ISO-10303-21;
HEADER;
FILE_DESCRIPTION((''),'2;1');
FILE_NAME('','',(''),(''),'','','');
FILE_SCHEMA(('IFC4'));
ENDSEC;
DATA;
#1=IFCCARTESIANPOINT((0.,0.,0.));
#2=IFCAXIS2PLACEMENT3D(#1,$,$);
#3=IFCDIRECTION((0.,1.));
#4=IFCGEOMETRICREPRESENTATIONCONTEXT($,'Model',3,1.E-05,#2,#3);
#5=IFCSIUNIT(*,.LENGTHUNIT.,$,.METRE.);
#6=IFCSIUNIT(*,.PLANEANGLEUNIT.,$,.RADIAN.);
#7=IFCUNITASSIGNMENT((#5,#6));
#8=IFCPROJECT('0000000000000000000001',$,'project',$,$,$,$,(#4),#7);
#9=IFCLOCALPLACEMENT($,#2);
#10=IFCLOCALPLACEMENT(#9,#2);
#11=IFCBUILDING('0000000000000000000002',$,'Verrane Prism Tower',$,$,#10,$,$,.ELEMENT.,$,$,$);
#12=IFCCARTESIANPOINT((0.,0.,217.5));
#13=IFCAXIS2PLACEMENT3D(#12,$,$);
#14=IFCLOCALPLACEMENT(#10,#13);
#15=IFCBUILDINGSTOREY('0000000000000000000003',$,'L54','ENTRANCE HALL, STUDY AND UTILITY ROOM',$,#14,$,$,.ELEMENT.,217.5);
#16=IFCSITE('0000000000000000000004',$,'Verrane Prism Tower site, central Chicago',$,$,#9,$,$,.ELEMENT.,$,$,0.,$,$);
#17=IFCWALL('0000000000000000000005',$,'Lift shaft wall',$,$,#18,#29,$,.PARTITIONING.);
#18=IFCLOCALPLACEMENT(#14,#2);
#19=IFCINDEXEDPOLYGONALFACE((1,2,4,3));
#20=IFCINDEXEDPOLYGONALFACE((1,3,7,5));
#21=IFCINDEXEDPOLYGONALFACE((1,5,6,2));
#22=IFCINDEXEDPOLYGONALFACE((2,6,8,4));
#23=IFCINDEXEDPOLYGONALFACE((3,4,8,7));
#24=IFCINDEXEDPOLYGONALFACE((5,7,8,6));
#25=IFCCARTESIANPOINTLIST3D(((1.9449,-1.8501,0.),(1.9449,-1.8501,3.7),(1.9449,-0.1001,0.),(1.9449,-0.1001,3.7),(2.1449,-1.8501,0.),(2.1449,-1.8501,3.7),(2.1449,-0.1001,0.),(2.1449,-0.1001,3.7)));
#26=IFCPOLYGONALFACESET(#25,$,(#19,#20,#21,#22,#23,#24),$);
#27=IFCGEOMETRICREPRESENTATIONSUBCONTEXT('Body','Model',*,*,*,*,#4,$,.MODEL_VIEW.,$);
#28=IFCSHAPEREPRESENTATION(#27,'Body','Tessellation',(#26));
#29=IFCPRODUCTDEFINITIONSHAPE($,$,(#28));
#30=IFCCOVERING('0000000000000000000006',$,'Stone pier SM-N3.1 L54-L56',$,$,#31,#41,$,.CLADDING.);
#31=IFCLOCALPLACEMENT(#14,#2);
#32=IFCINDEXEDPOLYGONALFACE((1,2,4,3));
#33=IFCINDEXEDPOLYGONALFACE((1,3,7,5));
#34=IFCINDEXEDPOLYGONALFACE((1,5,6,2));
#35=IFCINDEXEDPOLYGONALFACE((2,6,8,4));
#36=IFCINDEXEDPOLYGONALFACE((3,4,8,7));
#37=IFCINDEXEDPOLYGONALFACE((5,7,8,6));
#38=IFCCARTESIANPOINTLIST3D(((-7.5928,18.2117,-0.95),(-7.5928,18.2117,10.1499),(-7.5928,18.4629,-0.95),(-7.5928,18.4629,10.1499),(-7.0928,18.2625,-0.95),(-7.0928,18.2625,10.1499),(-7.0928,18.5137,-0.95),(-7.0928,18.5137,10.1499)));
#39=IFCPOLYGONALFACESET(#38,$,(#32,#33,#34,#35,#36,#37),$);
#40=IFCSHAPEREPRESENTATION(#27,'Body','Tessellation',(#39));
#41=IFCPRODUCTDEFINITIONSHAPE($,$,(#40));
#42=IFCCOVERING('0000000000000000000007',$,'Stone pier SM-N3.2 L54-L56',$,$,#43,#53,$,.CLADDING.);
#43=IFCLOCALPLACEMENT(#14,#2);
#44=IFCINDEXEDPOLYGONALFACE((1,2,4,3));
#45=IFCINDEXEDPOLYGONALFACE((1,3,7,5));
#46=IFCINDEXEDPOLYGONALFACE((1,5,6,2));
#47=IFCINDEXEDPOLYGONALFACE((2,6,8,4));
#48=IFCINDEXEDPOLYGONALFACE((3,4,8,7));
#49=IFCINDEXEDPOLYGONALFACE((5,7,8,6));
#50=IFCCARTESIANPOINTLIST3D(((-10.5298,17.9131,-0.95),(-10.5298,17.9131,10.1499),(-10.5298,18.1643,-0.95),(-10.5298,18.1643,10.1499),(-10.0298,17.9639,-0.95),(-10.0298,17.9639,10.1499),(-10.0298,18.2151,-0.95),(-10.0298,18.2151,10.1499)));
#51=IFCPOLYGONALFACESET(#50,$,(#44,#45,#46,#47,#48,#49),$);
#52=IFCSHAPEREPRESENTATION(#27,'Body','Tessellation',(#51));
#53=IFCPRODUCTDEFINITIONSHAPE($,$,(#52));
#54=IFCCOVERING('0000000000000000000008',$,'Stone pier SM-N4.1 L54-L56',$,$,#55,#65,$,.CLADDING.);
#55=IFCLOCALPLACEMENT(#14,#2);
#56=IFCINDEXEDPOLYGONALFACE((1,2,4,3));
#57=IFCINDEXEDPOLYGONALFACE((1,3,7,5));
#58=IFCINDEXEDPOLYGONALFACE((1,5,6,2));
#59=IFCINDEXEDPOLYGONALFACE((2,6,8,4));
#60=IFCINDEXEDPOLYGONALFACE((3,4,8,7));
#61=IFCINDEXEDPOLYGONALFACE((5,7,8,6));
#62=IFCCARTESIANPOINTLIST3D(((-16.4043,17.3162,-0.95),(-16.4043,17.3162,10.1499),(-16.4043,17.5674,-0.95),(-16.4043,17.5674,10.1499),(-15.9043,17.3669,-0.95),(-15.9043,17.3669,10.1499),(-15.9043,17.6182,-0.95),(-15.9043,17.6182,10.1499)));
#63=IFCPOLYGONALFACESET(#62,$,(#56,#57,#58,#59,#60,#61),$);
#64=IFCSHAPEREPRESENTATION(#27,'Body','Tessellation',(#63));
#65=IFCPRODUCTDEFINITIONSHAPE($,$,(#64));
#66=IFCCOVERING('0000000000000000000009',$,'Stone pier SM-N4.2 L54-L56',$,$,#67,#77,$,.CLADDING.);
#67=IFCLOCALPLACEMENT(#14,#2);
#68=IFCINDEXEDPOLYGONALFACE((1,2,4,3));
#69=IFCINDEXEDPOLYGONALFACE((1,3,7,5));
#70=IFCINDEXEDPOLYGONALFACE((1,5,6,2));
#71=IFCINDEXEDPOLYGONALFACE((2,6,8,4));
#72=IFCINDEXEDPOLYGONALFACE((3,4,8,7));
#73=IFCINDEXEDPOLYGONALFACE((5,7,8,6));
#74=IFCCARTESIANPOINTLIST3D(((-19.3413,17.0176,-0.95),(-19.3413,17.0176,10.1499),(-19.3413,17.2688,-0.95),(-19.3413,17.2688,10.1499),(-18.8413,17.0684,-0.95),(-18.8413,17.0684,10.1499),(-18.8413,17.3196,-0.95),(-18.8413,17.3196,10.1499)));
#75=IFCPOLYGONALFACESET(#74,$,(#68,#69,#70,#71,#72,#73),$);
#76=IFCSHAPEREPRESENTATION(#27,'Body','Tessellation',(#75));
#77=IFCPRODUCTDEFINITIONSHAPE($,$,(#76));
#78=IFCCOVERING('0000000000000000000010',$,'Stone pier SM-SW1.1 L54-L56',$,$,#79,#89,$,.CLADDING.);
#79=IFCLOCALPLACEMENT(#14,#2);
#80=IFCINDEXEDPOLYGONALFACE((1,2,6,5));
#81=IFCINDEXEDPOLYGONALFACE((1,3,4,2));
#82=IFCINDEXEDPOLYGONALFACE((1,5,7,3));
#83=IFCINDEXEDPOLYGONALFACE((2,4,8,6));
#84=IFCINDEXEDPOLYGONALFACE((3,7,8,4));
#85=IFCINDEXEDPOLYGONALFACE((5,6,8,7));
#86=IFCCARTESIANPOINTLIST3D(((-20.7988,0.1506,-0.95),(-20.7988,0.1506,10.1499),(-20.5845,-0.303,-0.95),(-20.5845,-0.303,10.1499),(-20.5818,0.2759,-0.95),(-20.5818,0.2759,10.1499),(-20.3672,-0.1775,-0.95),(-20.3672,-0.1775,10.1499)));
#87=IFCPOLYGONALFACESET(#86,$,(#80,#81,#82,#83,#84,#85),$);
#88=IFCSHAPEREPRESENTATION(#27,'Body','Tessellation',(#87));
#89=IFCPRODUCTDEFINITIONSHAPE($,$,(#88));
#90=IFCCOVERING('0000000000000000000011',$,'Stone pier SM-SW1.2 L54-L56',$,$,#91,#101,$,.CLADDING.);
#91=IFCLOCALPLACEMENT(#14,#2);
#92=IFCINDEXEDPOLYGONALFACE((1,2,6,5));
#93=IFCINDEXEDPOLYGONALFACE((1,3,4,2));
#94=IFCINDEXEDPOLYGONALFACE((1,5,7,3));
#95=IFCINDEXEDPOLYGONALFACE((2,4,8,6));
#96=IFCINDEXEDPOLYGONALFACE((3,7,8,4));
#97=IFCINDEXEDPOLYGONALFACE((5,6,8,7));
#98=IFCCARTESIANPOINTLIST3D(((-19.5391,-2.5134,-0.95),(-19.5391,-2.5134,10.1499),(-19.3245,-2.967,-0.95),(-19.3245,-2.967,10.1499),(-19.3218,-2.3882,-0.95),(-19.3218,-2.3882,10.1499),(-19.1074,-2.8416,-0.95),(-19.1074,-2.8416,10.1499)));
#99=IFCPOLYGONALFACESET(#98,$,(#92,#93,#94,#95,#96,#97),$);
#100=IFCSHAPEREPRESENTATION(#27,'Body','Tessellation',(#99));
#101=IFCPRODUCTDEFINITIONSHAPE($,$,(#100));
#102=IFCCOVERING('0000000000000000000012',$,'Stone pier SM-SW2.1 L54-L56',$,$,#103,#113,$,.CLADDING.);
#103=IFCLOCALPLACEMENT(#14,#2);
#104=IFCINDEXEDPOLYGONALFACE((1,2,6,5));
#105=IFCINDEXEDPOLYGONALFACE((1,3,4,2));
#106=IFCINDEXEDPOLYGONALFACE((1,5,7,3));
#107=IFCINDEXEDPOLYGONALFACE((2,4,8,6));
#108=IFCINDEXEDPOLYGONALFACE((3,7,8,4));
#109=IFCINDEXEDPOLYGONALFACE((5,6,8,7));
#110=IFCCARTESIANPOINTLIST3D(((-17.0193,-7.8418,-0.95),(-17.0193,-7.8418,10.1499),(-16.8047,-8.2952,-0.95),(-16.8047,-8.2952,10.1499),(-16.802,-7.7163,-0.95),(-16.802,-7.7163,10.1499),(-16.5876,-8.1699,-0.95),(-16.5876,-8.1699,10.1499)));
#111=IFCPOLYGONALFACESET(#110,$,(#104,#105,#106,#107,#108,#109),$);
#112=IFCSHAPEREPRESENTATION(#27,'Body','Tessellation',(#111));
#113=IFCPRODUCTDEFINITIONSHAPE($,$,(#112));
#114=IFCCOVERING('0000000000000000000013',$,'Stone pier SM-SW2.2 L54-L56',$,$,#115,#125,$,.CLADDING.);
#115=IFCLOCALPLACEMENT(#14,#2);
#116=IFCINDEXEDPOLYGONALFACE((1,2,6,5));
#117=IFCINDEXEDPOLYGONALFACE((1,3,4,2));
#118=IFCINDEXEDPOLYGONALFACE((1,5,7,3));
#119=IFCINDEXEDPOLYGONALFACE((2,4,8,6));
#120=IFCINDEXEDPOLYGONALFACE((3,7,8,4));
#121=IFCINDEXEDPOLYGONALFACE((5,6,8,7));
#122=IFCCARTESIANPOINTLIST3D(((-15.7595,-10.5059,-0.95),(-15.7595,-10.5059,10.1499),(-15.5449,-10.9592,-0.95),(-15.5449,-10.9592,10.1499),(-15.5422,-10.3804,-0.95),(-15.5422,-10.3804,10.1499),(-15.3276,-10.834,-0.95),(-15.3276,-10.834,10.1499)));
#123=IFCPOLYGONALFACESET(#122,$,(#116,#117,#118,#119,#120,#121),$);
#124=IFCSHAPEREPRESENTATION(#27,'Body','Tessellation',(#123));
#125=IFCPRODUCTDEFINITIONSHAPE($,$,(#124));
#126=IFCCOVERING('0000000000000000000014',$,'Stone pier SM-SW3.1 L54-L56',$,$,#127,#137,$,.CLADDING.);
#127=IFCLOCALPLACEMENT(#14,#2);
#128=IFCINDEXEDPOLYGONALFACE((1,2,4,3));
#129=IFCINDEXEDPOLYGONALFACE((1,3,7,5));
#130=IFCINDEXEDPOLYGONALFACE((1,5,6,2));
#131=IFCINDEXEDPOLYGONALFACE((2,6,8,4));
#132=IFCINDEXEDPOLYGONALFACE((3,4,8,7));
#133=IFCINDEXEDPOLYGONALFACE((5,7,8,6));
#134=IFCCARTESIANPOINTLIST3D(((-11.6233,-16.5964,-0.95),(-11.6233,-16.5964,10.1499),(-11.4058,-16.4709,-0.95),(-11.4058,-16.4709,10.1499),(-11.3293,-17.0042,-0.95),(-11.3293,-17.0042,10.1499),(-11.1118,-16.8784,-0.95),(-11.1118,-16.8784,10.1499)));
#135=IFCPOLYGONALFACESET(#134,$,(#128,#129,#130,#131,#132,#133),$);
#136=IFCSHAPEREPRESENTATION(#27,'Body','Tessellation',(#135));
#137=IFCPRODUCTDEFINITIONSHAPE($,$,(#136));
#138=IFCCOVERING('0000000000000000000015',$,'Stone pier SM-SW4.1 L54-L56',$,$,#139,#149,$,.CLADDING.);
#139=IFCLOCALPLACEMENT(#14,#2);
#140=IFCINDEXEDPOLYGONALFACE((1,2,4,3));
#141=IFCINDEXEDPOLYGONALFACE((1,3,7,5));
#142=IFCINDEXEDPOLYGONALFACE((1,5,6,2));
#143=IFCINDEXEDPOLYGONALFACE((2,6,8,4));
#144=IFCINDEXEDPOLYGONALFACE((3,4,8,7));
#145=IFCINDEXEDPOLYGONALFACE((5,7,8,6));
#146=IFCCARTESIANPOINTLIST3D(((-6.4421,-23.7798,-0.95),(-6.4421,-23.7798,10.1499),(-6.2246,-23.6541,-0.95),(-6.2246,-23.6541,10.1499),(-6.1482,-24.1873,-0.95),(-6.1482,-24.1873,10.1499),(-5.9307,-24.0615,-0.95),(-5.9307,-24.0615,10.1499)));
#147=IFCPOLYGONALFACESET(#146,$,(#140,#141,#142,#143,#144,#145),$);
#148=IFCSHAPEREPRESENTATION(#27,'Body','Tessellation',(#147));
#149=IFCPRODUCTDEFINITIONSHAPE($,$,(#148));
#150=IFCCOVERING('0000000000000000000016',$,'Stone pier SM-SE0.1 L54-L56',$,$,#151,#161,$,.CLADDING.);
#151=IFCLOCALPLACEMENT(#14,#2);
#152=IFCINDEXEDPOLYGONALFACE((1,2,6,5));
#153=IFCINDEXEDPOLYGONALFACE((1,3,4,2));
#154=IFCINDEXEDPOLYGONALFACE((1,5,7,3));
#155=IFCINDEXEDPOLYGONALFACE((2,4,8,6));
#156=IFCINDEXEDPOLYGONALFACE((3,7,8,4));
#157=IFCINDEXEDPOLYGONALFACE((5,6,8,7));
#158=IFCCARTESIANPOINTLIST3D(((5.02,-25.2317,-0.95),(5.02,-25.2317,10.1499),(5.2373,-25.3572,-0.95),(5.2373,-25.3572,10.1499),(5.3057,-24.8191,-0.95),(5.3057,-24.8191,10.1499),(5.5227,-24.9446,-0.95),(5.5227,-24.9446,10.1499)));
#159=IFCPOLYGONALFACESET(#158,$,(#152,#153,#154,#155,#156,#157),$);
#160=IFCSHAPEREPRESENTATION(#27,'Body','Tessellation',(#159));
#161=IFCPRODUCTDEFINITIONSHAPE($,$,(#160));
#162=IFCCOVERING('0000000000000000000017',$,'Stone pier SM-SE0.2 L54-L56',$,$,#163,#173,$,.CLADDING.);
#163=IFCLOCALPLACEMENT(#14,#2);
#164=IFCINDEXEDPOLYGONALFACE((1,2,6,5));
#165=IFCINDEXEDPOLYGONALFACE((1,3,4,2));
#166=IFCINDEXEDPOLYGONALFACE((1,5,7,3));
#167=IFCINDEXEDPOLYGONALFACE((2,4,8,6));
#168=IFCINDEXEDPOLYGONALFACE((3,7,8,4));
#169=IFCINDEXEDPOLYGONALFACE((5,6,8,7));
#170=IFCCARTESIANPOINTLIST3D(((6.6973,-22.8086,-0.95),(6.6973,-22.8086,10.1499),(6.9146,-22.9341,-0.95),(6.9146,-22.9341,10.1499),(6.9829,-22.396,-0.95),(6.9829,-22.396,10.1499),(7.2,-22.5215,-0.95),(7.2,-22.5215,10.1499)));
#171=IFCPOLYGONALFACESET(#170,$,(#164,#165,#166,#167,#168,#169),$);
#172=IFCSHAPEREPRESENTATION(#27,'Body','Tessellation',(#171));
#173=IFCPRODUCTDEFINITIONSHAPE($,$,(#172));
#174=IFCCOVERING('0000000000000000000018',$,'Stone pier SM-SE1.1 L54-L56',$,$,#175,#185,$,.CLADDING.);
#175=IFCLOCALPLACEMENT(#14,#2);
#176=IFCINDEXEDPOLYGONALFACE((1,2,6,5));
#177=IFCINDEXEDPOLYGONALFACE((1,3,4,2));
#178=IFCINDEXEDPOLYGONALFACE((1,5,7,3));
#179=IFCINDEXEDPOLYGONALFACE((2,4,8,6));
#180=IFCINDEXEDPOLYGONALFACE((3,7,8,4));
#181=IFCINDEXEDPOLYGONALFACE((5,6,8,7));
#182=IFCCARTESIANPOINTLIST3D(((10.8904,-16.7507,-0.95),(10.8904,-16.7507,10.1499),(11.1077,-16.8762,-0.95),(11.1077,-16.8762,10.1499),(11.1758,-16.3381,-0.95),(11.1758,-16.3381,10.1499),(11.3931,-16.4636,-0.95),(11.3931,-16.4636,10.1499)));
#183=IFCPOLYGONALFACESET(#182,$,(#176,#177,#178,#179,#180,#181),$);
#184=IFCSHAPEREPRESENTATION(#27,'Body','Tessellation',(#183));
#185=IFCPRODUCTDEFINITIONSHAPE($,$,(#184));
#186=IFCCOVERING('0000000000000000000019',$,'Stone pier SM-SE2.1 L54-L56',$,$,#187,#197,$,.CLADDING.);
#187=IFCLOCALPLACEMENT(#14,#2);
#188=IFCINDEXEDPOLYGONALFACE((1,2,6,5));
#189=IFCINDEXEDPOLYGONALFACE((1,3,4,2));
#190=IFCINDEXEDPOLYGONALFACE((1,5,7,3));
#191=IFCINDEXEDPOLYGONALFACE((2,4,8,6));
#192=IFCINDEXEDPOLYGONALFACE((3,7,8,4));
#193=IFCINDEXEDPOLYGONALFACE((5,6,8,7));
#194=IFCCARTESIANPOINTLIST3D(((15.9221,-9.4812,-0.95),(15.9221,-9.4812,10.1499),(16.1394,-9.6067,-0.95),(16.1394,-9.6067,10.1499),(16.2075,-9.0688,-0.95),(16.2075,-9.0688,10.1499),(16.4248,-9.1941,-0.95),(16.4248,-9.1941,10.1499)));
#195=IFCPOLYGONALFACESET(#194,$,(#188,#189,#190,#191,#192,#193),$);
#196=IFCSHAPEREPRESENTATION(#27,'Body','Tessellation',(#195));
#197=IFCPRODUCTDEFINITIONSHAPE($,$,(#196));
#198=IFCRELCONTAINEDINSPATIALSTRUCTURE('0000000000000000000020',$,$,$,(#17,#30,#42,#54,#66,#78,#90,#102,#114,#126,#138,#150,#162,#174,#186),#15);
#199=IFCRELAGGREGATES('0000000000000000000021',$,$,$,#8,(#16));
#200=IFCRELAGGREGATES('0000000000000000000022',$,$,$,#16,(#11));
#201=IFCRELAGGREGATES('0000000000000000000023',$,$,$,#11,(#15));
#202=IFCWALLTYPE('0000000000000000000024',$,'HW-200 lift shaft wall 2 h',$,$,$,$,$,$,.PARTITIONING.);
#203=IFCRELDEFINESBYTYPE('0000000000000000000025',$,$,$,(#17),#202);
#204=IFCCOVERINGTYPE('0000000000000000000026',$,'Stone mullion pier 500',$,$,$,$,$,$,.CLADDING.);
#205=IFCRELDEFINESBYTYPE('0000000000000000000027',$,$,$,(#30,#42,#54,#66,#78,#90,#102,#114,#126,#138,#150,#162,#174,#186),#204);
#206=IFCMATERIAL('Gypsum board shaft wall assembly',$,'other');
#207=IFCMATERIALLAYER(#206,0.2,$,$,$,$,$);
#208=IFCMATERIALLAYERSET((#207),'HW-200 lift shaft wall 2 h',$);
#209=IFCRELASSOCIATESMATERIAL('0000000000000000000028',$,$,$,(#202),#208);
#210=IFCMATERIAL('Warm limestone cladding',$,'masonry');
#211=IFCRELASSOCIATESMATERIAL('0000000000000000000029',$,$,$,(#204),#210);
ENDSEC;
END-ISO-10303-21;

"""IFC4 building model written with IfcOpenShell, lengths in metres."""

from ifc_helpers import new_model, si_unit, direction, frame, frame_2d, origin, place, context, subcontext, project, spatial, polyline, rectangle, outline, extrude, material, layer, layer_set, type_object, element, save


model = new_model("IFC4")

# Units and contexts
model_context = context("Model", 3, precision=1e-05, world=origin(), true_north=direction((0.0, 1.0)))
body_context = subcontext(model_context, "Body", "Model", "MODEL_VIEW")
ifc_project = project(units=[si_unit("LENGTHUNIT", "METRE"), si_unit("PLANEANGLEUNIT", "RADIAN")], contexts=[model_context])

# Site, building, storey
site_placement = place(None, origin())
site = spatial("IfcSite", under=ifc_project, at=site_placement, Name="Verrane Prism Tower site, central Chicago", CompositionType="ELEMENT", RefElevation=0.0)
building_placement = place(site_placement, origin())
building = spatial("IfcBuilding", under=site, at=building_placement, Name="Verrane Prism Tower", CompositionType="ELEMENT")
storey_placement = place(building_placement, frame((0.0, 0.0, 217.5)))
storey = spatial("IfcBuildingStorey", under=building, at=storey_placement, Name="L54", Description="ENTRANCE HALL, STUDY AND UTILITY ROOM", CompositionType="ELEMENT", Elevation=217.5)

# Wall
ifc_material_1 = material(Name="Gypsum board shaft wall assembly", Category="other")
ifc_layer_1 = layer(ifc_material_1, 0.2)
ifc_layer_set_1 = layer_set([ifc_layer_1], Name="HW-200 lift shaft wall 2 h")
wall_type = type_object("IfcWallType", Name="HW-200 lift shaft wall 2 h", PredefinedType="PARTITIONING", material=ifc_layer_set_1)
wall_placement = place(storey_placement, frame((2.0449, -1.8501, 0.0), z_axis=(0.0, 0.0, 1.0), x_axis=(0.0, 1.0, 0.0)))
element("IfcWall", 1, at=wall_placement, inside=storey, type_object=wall_type, Name="Lift shaft wall", PredefinedType="PARTITIONING", context=body_context, shape_type="SweptSolid", body=[
    extrude(rectangle(XDim=1.75, YDim=0.2, at=frame_2d((0.875, 0.0))), origin(), (0.0, 0.0, 1.0), 3.7),
])

# Coverings
ifc_material_2 = material(Name="Warm limestone cladding", Category="masonry")
covering_type_1 = type_object("IfcCoveringType", Name="Stone mullion pier 500", PredefinedType="CLADDING", material=ifc_material_2)
covering_1_placement = place(storey_placement, frame((0.0, 0.0, -0.95)))
element("IfcCovering", 2, at=covering_1_placement, inside=storey, type_object=covering_type_1, Name="Stone pier SM-N3.1 L54-L56", PredefinedType="CLADDING", context=body_context, shape_type="SweptSolid", body=[
    extrude(outline(polyline([(-7.5928, 18.2117), (-7.0928, 18.2625), (-7.0928, 18.5137), (-7.5928, 18.4629), (-7.5928, 18.2117)])), origin(), (0.0, 0.0, 1.0), 11.0999),
])
covering_2_placement = place(storey_placement, frame((0.0, 0.0, -0.95)))
element("IfcCovering", 3, at=covering_2_placement, inside=storey, type_object=covering_type_1, Name="Stone pier SM-N3.2 L54-L56", PredefinedType="CLADDING", context=body_context, shape_type="SweptSolid", body=[
    extrude(outline(polyline([(-10.5298, 17.9131), (-10.0298, 17.9639), (-10.0298, 18.2151), (-10.5298, 18.1643), (-10.5298, 17.9131)])), origin(), (0.0, 0.0, 1.0), 11.0999),
])
covering_3_placement = place(storey_placement, frame((0.0, 0.0, -0.95)))
element("IfcCovering", 4, at=covering_3_placement, inside=storey, type_object=covering_type_1, Name="Stone pier SM-N4.1 L54-L56", PredefinedType="CLADDING", context=body_context, shape_type="SweptSolid", body=[
    extrude(outline(polyline([(-16.4043, 17.3162), (-15.9043, 17.3669), (-15.9043, 17.6182), (-16.4043, 17.5674), (-16.4043, 17.3162)])), origin(), (0.0, 0.0, 1.0), 11.0999),
])
covering_4_placement = place(storey_placement, frame((0.0, 0.0, -0.95)))
element("IfcCovering", 5, at=covering_4_placement, inside=storey, type_object=covering_type_1, Name="Stone pier SM-N4.2 L54-L56", PredefinedType="CLADDING", context=body_context, shape_type="SweptSolid", body=[
    extrude(outline(polyline([(-19.3413, 17.0176), (-18.8413, 17.0684), (-18.8413, 17.3196), (-19.3413, 17.2688), (-19.3413, 17.0176)])), origin(), (0.0, 0.0, 1.0), 11.0999),
])
covering_5_placement = place(storey_placement, frame((0.0, 0.0, -0.95)))
element("IfcCovering", 6, at=covering_5_placement, inside=storey, type_object=covering_type_1, Name="Stone pier SM-SW1.1 L54-L56", PredefinedType="CLADDING", context=body_context, shape_type="SweptSolid", body=[
    extrude(outline(polyline([(-20.3672, -0.1775), (-20.5818, 0.2759), (-20.7988, 0.1506), (-20.5845, -0.303), (-20.3672, -0.1775)])), origin(), (0.0, 0.0, 1.0), 11.0999),
])
covering_6_placement = place(storey_placement, frame((0.0, 0.0, -0.95)))
element("IfcCovering", 7, at=covering_6_placement, inside=storey, type_object=covering_type_1, Name="Stone pier SM-SW1.2 L54-L56", PredefinedType="CLADDING", context=body_context, shape_type="SweptSolid", body=[
    extrude(outline(polyline([(-19.1074, -2.8416), (-19.3218, -2.3882), (-19.5391, -2.5134), (-19.3245, -2.967), (-19.1074, -2.8416)])), origin(), (0.0, 0.0, 1.0), 11.0999),
])
covering_7_placement = place(storey_placement, frame((0.0, 0.0, -0.95)))
element("IfcCovering", 8, at=covering_7_placement, inside=storey, type_object=covering_type_1, Name="Stone pier SM-SW2.1 L54-L56", PredefinedType="CLADDING", context=body_context, shape_type="SweptSolid", body=[
    extrude(outline(polyline([(-16.5876, -8.1699), (-16.802, -7.7163), (-17.0193, -7.8418), (-16.8047, -8.2952), (-16.5876, -8.1699)])), origin(), (0.0, 0.0, 1.0), 11.0999),
])
covering_8_placement = place(storey_placement, frame((0.0, 0.0, -0.95)))
element("IfcCovering", 9, at=covering_8_placement, inside=storey, type_object=covering_type_1, Name="Stone pier SM-SW2.2 L54-L56", PredefinedType="CLADDING", context=body_context, shape_type="SweptSolid", body=[
    extrude(outline(polyline([(-15.3276, -10.834), (-15.5422, -10.3804), (-15.7595, -10.5059), (-15.5449, -10.9592), (-15.3276, -10.834)])), origin(), (0.0, 0.0, 1.0), 11.0999),
])
covering_9_placement = place(storey_placement, frame((0.0, 0.0, -0.95)))
element("IfcCovering", 10, at=covering_9_placement, inside=storey, type_object=covering_type_1, Name="Stone pier SM-SW3.1 L54-L56", PredefinedType="CLADDING", context=body_context, shape_type="SweptSolid", body=[
    extrude(outline(polyline([(-11.1118, -16.8784), (-11.4058, -16.4709), (-11.6233, -16.5964), (-11.3293, -17.0042), (-11.1118, -16.8784)])), origin(), (0.0, 0.0, 1.0), 11.0999),
])
covering_10_placement = place(storey_placement, frame((0.0, 0.0, -0.95)))
element("IfcCovering", 11, at=covering_10_placement, inside=storey, type_object=covering_type_1, Name="Stone pier SM-SW4.1 L54-L56", PredefinedType="CLADDING", context=body_context, shape_type="SweptSolid", body=[
    extrude(outline(polyline([(-5.9307, -24.0615), (-6.2246, -23.6541), (-6.4421, -23.7798), (-6.1482, -24.1873), (-5.9307, -24.0615)])), origin(), (0.0, 0.0, 1.0), 11.0999),
])
covering_11_placement = place(storey_placement, frame((0.0, 0.0, -0.95)))
element("IfcCovering", 12, at=covering_11_placement, inside=storey, type_object=covering_type_1, Name="Stone pier SM-SE0.1 L54-L56", PredefinedType="CLADDING", context=body_context, shape_type="SweptSolid", body=[
    extrude(outline(polyline([(5.3057, -24.8191), (5.02, -25.2317), (5.2373, -25.3572), (5.5227, -24.9446), (5.3057, -24.8191)])), origin(), (0.0, 0.0, 1.0), 11.0999),
])
covering_12_placement = place(storey_placement, frame((0.0, 0.0, -0.95)))
element("IfcCovering", 13, at=covering_12_placement, inside=storey, type_object=covering_type_1, Name="Stone pier SM-SE0.2 L54-L56", PredefinedType="CLADDING", context=body_context, shape_type="SweptSolid", body=[
    extrude(outline(polyline([(6.9829, -22.396), (6.6973, -22.8086), (6.9146, -22.9341), (7.2, -22.5215), (6.9829, -22.396)])), origin(), (0.0, 0.0, 1.0), 11.0999),
])
covering_13_placement = place(storey_placement, frame((0.0, 0.0, -0.95)))
element("IfcCovering", 14, at=covering_13_placement, inside=storey, type_object=covering_type_1, Name="Stone pier SM-SE1.1 L54-L56", PredefinedType="CLADDING", context=body_context, shape_type="SweptSolid", body=[
    extrude(outline(polyline([(11.1758, -16.3381), (10.8904, -16.7507), (11.1077, -16.8762), (11.3931, -16.4636), (11.1758, -16.3381)])), origin(), (0.0, 0.0, 1.0), 11.0999),
])
covering_14_placement = place(storey_placement, frame((0.0, 0.0, -0.95)))
element("IfcCovering", 15, at=covering_14_placement, inside=storey, type_object=covering_type_1, Name="Stone pier SM-SE2.1 L54-L56", PredefinedType="CLADDING", context=body_context, shape_type="SweptSolid", body=[
    extrude(outline(polyline([(16.2075, -9.0688), (15.9221, -9.4812), (16.1394, -9.6067), (16.4248, -9.1941), (16.2075, -9.0688)])), origin(), (0.0, 0.0, 1.0), 11.0999),
])

save(model, "model.ifc")
